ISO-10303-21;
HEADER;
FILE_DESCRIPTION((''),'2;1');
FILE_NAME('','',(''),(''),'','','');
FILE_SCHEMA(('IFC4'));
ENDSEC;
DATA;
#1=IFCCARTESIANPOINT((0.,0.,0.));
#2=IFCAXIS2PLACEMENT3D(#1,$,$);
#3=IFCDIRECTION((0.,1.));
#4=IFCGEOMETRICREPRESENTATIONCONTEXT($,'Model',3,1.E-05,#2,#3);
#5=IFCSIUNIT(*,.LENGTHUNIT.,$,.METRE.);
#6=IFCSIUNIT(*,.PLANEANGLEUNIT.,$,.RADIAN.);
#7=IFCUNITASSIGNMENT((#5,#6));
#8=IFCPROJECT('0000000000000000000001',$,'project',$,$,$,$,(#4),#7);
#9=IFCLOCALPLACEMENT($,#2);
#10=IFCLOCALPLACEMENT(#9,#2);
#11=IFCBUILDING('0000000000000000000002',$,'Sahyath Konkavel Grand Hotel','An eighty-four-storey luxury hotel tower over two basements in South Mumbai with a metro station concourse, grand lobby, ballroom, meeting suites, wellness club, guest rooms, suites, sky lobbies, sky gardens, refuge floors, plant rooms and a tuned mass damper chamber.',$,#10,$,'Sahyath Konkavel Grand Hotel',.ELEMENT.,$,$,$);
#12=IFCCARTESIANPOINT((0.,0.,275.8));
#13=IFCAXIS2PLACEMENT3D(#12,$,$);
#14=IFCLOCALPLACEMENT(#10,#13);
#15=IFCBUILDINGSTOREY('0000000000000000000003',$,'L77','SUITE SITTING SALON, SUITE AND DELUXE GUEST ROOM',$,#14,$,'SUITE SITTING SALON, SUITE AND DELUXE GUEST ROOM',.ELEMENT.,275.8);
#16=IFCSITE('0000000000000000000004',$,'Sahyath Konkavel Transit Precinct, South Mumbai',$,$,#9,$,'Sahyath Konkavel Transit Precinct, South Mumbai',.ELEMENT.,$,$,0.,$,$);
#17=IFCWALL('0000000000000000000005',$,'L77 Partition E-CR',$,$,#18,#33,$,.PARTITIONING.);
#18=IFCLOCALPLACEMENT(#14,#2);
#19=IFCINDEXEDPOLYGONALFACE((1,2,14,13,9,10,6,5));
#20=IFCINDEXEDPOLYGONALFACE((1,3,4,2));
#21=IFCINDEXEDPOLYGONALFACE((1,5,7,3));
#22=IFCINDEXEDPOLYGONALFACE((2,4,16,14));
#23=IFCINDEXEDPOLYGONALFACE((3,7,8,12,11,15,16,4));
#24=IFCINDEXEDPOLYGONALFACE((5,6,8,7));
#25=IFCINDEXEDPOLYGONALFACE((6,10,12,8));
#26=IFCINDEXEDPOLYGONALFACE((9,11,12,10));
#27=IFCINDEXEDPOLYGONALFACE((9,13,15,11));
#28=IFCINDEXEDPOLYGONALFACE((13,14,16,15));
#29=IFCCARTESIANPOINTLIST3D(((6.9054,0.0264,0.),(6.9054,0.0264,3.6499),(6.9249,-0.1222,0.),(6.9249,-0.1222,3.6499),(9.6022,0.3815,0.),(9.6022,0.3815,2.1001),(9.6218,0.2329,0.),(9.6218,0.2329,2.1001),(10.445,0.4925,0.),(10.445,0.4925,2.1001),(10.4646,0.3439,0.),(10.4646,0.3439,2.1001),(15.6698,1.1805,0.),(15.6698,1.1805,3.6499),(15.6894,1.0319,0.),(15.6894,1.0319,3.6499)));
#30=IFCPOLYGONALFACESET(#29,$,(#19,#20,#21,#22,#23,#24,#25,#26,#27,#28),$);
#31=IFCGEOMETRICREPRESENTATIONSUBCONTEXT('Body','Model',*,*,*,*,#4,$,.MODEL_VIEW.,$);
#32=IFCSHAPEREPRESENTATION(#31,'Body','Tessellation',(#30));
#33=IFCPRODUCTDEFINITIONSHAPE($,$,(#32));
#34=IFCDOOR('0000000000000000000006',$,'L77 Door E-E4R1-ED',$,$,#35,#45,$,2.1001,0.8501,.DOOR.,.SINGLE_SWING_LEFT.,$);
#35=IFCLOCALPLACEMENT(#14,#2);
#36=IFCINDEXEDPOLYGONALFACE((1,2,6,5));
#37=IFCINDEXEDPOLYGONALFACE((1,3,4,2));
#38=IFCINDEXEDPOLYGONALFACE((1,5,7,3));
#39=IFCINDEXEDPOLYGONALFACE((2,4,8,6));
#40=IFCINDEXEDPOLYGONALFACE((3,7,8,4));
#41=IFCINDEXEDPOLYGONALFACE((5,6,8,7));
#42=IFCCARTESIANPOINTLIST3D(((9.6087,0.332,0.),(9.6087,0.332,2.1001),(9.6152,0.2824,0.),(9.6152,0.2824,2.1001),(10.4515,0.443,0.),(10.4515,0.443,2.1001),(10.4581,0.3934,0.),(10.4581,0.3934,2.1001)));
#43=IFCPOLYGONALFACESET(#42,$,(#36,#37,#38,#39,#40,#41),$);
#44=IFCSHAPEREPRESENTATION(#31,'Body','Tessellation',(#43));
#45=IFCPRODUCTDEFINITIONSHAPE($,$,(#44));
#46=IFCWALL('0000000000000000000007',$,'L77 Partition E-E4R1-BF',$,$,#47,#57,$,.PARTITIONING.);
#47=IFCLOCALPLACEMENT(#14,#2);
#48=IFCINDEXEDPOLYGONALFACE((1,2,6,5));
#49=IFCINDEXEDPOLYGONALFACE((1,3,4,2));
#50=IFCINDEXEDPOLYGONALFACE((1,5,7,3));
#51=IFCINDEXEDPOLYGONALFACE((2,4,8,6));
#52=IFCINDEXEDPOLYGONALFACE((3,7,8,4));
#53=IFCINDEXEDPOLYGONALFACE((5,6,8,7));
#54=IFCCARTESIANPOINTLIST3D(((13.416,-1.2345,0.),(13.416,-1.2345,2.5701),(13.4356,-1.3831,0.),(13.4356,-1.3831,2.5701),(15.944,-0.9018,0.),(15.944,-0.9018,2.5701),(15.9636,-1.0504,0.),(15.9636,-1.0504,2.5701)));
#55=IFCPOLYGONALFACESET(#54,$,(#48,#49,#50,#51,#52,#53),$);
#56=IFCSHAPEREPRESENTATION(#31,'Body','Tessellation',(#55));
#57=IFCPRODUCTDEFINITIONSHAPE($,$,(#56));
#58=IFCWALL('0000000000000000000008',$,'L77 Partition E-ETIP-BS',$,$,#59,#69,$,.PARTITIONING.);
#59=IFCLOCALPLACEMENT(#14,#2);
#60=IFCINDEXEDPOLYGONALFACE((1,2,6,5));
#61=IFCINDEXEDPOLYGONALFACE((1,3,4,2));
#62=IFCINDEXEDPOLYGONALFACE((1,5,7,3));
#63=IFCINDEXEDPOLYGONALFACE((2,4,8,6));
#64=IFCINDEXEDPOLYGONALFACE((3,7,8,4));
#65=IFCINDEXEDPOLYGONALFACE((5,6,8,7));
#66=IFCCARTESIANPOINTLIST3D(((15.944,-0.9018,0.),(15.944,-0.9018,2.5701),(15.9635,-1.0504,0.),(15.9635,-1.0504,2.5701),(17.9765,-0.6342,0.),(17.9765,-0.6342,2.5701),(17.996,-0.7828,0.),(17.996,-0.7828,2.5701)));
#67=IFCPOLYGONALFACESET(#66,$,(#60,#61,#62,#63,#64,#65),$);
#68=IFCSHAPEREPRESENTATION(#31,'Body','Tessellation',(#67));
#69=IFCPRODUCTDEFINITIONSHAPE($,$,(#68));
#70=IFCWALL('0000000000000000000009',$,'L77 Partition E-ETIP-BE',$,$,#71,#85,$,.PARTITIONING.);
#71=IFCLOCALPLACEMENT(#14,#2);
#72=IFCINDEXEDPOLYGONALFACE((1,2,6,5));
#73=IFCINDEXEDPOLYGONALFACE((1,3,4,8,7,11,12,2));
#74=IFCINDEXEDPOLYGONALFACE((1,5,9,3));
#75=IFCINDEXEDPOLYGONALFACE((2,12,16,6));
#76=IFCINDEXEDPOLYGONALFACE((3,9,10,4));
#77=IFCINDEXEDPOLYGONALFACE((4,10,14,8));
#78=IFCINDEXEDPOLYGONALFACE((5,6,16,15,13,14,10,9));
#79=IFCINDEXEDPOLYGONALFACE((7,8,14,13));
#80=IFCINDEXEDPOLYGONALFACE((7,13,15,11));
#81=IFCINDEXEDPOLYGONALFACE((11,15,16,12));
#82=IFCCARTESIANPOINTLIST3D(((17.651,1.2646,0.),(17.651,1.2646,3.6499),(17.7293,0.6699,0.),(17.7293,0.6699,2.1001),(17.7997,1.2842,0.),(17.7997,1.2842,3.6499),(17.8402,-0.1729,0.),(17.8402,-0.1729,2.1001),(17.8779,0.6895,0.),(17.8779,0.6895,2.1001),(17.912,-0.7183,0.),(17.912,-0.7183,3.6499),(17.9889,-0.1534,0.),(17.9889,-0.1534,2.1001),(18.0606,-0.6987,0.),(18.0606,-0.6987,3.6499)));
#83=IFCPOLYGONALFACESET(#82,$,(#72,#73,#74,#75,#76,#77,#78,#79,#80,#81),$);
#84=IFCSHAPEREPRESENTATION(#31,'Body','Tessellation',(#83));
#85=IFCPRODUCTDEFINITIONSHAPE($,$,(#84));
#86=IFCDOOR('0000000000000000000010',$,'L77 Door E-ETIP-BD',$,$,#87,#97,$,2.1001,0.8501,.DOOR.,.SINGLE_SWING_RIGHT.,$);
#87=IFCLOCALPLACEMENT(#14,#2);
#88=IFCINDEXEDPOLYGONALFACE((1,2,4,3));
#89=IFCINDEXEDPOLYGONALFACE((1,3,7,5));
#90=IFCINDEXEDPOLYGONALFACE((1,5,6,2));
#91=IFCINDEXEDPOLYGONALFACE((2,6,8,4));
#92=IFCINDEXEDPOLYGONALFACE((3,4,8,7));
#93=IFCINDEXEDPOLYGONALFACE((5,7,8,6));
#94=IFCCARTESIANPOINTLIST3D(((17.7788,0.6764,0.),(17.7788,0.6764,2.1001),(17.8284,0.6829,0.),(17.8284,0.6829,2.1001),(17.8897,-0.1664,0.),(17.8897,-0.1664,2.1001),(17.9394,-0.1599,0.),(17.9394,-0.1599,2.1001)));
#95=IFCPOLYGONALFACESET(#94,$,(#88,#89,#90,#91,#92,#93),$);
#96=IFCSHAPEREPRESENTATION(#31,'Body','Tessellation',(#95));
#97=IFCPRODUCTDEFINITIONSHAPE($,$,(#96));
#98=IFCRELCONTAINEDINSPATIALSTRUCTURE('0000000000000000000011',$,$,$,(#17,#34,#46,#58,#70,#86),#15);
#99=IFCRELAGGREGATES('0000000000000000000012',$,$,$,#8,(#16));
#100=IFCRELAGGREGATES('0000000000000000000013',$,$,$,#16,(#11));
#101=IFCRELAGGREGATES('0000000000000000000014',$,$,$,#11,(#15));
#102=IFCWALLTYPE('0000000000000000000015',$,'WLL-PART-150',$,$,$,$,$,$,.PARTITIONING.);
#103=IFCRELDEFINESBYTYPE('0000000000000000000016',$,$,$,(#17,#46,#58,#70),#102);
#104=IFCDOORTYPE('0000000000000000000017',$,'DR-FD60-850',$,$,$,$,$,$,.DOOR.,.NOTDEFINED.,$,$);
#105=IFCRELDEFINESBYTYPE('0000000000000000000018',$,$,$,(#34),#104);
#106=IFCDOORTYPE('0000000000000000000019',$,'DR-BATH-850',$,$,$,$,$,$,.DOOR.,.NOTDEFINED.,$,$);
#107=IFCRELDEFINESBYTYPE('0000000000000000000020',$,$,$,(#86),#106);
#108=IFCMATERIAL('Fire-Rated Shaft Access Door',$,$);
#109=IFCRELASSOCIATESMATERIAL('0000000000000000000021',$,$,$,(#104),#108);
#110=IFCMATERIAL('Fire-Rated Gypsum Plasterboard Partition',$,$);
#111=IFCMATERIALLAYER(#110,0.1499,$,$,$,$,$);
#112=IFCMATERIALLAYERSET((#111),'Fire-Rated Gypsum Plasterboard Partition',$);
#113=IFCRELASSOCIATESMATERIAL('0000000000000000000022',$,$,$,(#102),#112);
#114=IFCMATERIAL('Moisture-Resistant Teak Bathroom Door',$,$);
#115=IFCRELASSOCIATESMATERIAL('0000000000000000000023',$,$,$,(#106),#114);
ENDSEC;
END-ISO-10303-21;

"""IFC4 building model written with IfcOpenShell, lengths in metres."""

from ifc_helpers import new_model, si_unit, direction, frame, frame_2d, origin, origin_2d, place, context, subcontext, project, spatial, rectangle, extrude, source, transform, mapped, material, layer, layer_set, type_object, element, fill, save


model = new_model("IFC4")

# Units and contexts
model_context = context("Model", 3, precision=1e-05, world=origin(), true_north=direction((0.0, 1.0)))
body_context = subcontext(model_context, "Body", "Model", "MODEL_VIEW")
ifc_project = project(units=[si_unit("LENGTHUNIT", "METRE"), si_unit("PLANEANGLEUNIT", "RADIAN")], contexts=[model_context])

# Site, building, storey
site_placement = place(None, origin())
site = spatial("IfcSite", under=ifc_project, at=site_placement, Name="Sahyath Konkavel Transit Precinct, South Mumbai", LongName="Sahyath Konkavel Transit Precinct, South Mumbai", CompositionType="ELEMENT", RefElevation=0.0)
building_placement = place(site_placement, origin())
building = spatial("IfcBuilding", under=site, at=building_placement, Name="Sahyath Konkavel Grand Hotel", Description="An eighty-four-storey luxury hotel tower over two basements in South Mumbai with a metro station concourse, grand lobby, ballroom, meeting suites, wellness club, guest rooms, suites, sky lobbies, sky gardens, refuge floors, plant rooms and a tuned mass damper chamber.", LongName="Sahyath Konkavel Grand Hotel", CompositionType="ELEMENT")
storey_placement = place(building_placement, frame((0.0, 0.0, 275.8)))
storey = spatial("IfcBuildingStorey", under=building, at=storey_placement, Name="L77", Description="SUITE SITTING SALON, SUITE AND DELUXE GUEST ROOM", LongName="SUITE SITTING SALON, SUITE AND DELUXE GUEST ROOM", CompositionType="ELEMENT", Elevation=275.8)

# Wall, opening, door
ifc_material_1 = material(Name="Fire-Rated Shaft Access Door")
door_type_1 = type_object("IfcDoorType", Name="DR-FD60-850", OperationType="NOTDEFINED", PredefinedType="DOOR", material=ifc_material_1)
shared_shape_1 = source(origin(), body_context, "Body", "SweptSolid", [
    extrude(rectangle(XDim=0.8501, YDim=0.05, at=origin_2d()), origin(), (0.0, 0.0, 1.0), 2.1001),
])
ifc_material_2 = material(Name="Fire-Rated Gypsum Plasterboard Partition")
ifc_layer_1 = layer(ifc_material_2, 0.1499)
ifc_layer_set_1 = layer_set([ifc_layer_1], Name="Fire-Rated Gypsum Plasterboard Partition")
wall_type_1 = type_object("IfcWallType", Name="WLL-PART-150", PredefinedType="PARTITIONING", material=ifc_layer_set_1)
wall_1_placement = place(storey_placement, frame((6.9153, -0.0479, 0.0), z_axis=(0.0, 0.0, 1.0), x_axis=(0.991442, 0.130548, 0.0)))
wall_1 = element("IfcWall", 1, at=wall_1_placement, inside=storey, type_object=wall_type_1, Name="L77 Partition E-CR", PredefinedType="PARTITIONING", context=body_context, shape_type="SweptSolid", body=[
    extrude(rectangle(XDim=8.8401, YDim=0.1499, at=frame_2d((4.4199, 0.0))), origin(), (0.0, 0.0, 1.0), 3.6499),
])
opening_1_placement = place(wall_1_placement, frame((2.72, 0.0, 0.0)))
opening_1 = element("IfcOpeningElement", 2, at=opening_1_placement, cuts=wall_1, PredefinedType="OPENING", context=body_context, shape_type="SweptSolid", body=[
    extrude(rectangle(XDim=0.8501, YDim=2.1001, at=frame_2d((0.425, 1.05))), frame((0.0, 0.085, 0.0), z_axis=(0.0, -1.0, 0.0), x_axis=(1.0, 0.0, 0.0)), (0.0, 0.0, 1.0), 0.1699),
])
door_1_placement = place(opening_1_placement, frame((0.425, 0.0, 0.0)))
door_1 = element("IfcDoor", 3, at=door_1_placement, inside=storey, type_object=door_type_1, Name="L77 Door E-E4R1-ED", OperationType="SINGLE_SWING_LEFT", OverallHeight=2.1001, OverallWidth=0.8501, PredefinedType="DOOR", context=body_context, shape_type="MappedRepresentation", body=[
    mapped(shared_shape_1, transform((0.0, 0.0, 0.0), scale=1.0)),
])
fill(opening_1, door_1)

# Walls
wall_2_placement = place(storey_placement, frame((13.4258, -1.3088, 0.0), z_axis=(0.0, 0.0, 1.0), x_axis=(0.991448, 0.130502, 0.0)))
element("IfcWall", 4, at=wall_2_placement, inside=storey, type_object=wall_type_1, Name="L77 Partition E-E4R1-BF", PredefinedType="PARTITIONING", context=body_context, shape_type="SweptSolid", body=[
    extrude(rectangle(XDim=2.5498, YDim=0.1499, at=frame_2d((1.2749, 0.0))), origin(), (0.0, 0.0, 1.0), 2.5701),
])
wall_3_placement = place(storey_placement, frame((15.9539, -0.9761, 0.0), z_axis=(0.0, 0.0, 1.0), x_axis=(0.991445, 0.130525, 0.0)))
element("IfcWall", 5, at=wall_3_placement, inside=storey, type_object=wall_type_1, Name="L77 Partition E-ETIP-BS", PredefinedType="PARTITIONING", context=body_context, shape_type="SweptSolid", body=[
    extrude(rectangle(XDim=2.05, YDim=0.1499, at=frame_2d((1.0249, 0.0))), origin(), (0.0, 0.0, 1.0), 2.5701),
])

# Wall, opening, door
wall_4_placement = place(storey_placement, frame((17.9863, -0.7085, 0.0), z_axis=(0.0, 0.0, 1.0), x_axis=(-0.130492, 0.991449, 0.0)))
wall_4 = element("IfcWall", 6, at=wall_4_placement, inside=storey, type_object=wall_type_1, Name="L77 Partition E-ETIP-BE", PredefinedType="PARTITIONING", context=body_context, shape_type="SweptSolid", body=[
    extrude(rectangle(XDim=2.0, YDim=0.1499, at=frame_2d((1.0, 0.0))), origin(), (0.0, 0.0, 1.0), 3.6499),
])
opening_2_placement = place(wall_4_placement, frame((0.55, 0.0, 0.0)))
opening_2 = element("IfcOpeningElement", 7, at=opening_2_placement, cuts=wall_4, PredefinedType="OPENING", context=body_context, shape_type="SweptSolid", body=[
    extrude(rectangle(XDim=0.8501, YDim=2.1001, at=frame_2d((0.425, 1.05))), frame((0.0, 0.085, 0.0), z_axis=(0.0, -1.0, 0.0), x_axis=(1.0, 0.0, 0.0)), (0.0, 0.0, 1.0), 0.1699),
])
ifc_material_3 = material(Name="Moisture-Resistant Teak Bathroom Door")
door_type_2 = type_object("IfcDoorType", Name="DR-BATH-850", OperationType="NOTDEFINED", PredefinedType="DOOR", material=ifc_material_3)
door_2_placement = place(opening_2_placement, frame((0.425, 0.0, 0.0)))
door_2 = element("IfcDoor", 8, at=door_2_placement, inside=storey, type_object=door_type_2, Name="L77 Door E-ETIP-BD", OperationType="SINGLE_SWING_RIGHT", OverallHeight=2.1001, OverallWidth=0.8501, PredefinedType="DOOR", context=body_context, shape_type="MappedRepresentation", body=[
    mapped(shared_shape_1, transform((0.0, 0.0, 0.0), scale=1.0)),
])
fill(opening_2, door_2)

save(model, "model.ifc")
